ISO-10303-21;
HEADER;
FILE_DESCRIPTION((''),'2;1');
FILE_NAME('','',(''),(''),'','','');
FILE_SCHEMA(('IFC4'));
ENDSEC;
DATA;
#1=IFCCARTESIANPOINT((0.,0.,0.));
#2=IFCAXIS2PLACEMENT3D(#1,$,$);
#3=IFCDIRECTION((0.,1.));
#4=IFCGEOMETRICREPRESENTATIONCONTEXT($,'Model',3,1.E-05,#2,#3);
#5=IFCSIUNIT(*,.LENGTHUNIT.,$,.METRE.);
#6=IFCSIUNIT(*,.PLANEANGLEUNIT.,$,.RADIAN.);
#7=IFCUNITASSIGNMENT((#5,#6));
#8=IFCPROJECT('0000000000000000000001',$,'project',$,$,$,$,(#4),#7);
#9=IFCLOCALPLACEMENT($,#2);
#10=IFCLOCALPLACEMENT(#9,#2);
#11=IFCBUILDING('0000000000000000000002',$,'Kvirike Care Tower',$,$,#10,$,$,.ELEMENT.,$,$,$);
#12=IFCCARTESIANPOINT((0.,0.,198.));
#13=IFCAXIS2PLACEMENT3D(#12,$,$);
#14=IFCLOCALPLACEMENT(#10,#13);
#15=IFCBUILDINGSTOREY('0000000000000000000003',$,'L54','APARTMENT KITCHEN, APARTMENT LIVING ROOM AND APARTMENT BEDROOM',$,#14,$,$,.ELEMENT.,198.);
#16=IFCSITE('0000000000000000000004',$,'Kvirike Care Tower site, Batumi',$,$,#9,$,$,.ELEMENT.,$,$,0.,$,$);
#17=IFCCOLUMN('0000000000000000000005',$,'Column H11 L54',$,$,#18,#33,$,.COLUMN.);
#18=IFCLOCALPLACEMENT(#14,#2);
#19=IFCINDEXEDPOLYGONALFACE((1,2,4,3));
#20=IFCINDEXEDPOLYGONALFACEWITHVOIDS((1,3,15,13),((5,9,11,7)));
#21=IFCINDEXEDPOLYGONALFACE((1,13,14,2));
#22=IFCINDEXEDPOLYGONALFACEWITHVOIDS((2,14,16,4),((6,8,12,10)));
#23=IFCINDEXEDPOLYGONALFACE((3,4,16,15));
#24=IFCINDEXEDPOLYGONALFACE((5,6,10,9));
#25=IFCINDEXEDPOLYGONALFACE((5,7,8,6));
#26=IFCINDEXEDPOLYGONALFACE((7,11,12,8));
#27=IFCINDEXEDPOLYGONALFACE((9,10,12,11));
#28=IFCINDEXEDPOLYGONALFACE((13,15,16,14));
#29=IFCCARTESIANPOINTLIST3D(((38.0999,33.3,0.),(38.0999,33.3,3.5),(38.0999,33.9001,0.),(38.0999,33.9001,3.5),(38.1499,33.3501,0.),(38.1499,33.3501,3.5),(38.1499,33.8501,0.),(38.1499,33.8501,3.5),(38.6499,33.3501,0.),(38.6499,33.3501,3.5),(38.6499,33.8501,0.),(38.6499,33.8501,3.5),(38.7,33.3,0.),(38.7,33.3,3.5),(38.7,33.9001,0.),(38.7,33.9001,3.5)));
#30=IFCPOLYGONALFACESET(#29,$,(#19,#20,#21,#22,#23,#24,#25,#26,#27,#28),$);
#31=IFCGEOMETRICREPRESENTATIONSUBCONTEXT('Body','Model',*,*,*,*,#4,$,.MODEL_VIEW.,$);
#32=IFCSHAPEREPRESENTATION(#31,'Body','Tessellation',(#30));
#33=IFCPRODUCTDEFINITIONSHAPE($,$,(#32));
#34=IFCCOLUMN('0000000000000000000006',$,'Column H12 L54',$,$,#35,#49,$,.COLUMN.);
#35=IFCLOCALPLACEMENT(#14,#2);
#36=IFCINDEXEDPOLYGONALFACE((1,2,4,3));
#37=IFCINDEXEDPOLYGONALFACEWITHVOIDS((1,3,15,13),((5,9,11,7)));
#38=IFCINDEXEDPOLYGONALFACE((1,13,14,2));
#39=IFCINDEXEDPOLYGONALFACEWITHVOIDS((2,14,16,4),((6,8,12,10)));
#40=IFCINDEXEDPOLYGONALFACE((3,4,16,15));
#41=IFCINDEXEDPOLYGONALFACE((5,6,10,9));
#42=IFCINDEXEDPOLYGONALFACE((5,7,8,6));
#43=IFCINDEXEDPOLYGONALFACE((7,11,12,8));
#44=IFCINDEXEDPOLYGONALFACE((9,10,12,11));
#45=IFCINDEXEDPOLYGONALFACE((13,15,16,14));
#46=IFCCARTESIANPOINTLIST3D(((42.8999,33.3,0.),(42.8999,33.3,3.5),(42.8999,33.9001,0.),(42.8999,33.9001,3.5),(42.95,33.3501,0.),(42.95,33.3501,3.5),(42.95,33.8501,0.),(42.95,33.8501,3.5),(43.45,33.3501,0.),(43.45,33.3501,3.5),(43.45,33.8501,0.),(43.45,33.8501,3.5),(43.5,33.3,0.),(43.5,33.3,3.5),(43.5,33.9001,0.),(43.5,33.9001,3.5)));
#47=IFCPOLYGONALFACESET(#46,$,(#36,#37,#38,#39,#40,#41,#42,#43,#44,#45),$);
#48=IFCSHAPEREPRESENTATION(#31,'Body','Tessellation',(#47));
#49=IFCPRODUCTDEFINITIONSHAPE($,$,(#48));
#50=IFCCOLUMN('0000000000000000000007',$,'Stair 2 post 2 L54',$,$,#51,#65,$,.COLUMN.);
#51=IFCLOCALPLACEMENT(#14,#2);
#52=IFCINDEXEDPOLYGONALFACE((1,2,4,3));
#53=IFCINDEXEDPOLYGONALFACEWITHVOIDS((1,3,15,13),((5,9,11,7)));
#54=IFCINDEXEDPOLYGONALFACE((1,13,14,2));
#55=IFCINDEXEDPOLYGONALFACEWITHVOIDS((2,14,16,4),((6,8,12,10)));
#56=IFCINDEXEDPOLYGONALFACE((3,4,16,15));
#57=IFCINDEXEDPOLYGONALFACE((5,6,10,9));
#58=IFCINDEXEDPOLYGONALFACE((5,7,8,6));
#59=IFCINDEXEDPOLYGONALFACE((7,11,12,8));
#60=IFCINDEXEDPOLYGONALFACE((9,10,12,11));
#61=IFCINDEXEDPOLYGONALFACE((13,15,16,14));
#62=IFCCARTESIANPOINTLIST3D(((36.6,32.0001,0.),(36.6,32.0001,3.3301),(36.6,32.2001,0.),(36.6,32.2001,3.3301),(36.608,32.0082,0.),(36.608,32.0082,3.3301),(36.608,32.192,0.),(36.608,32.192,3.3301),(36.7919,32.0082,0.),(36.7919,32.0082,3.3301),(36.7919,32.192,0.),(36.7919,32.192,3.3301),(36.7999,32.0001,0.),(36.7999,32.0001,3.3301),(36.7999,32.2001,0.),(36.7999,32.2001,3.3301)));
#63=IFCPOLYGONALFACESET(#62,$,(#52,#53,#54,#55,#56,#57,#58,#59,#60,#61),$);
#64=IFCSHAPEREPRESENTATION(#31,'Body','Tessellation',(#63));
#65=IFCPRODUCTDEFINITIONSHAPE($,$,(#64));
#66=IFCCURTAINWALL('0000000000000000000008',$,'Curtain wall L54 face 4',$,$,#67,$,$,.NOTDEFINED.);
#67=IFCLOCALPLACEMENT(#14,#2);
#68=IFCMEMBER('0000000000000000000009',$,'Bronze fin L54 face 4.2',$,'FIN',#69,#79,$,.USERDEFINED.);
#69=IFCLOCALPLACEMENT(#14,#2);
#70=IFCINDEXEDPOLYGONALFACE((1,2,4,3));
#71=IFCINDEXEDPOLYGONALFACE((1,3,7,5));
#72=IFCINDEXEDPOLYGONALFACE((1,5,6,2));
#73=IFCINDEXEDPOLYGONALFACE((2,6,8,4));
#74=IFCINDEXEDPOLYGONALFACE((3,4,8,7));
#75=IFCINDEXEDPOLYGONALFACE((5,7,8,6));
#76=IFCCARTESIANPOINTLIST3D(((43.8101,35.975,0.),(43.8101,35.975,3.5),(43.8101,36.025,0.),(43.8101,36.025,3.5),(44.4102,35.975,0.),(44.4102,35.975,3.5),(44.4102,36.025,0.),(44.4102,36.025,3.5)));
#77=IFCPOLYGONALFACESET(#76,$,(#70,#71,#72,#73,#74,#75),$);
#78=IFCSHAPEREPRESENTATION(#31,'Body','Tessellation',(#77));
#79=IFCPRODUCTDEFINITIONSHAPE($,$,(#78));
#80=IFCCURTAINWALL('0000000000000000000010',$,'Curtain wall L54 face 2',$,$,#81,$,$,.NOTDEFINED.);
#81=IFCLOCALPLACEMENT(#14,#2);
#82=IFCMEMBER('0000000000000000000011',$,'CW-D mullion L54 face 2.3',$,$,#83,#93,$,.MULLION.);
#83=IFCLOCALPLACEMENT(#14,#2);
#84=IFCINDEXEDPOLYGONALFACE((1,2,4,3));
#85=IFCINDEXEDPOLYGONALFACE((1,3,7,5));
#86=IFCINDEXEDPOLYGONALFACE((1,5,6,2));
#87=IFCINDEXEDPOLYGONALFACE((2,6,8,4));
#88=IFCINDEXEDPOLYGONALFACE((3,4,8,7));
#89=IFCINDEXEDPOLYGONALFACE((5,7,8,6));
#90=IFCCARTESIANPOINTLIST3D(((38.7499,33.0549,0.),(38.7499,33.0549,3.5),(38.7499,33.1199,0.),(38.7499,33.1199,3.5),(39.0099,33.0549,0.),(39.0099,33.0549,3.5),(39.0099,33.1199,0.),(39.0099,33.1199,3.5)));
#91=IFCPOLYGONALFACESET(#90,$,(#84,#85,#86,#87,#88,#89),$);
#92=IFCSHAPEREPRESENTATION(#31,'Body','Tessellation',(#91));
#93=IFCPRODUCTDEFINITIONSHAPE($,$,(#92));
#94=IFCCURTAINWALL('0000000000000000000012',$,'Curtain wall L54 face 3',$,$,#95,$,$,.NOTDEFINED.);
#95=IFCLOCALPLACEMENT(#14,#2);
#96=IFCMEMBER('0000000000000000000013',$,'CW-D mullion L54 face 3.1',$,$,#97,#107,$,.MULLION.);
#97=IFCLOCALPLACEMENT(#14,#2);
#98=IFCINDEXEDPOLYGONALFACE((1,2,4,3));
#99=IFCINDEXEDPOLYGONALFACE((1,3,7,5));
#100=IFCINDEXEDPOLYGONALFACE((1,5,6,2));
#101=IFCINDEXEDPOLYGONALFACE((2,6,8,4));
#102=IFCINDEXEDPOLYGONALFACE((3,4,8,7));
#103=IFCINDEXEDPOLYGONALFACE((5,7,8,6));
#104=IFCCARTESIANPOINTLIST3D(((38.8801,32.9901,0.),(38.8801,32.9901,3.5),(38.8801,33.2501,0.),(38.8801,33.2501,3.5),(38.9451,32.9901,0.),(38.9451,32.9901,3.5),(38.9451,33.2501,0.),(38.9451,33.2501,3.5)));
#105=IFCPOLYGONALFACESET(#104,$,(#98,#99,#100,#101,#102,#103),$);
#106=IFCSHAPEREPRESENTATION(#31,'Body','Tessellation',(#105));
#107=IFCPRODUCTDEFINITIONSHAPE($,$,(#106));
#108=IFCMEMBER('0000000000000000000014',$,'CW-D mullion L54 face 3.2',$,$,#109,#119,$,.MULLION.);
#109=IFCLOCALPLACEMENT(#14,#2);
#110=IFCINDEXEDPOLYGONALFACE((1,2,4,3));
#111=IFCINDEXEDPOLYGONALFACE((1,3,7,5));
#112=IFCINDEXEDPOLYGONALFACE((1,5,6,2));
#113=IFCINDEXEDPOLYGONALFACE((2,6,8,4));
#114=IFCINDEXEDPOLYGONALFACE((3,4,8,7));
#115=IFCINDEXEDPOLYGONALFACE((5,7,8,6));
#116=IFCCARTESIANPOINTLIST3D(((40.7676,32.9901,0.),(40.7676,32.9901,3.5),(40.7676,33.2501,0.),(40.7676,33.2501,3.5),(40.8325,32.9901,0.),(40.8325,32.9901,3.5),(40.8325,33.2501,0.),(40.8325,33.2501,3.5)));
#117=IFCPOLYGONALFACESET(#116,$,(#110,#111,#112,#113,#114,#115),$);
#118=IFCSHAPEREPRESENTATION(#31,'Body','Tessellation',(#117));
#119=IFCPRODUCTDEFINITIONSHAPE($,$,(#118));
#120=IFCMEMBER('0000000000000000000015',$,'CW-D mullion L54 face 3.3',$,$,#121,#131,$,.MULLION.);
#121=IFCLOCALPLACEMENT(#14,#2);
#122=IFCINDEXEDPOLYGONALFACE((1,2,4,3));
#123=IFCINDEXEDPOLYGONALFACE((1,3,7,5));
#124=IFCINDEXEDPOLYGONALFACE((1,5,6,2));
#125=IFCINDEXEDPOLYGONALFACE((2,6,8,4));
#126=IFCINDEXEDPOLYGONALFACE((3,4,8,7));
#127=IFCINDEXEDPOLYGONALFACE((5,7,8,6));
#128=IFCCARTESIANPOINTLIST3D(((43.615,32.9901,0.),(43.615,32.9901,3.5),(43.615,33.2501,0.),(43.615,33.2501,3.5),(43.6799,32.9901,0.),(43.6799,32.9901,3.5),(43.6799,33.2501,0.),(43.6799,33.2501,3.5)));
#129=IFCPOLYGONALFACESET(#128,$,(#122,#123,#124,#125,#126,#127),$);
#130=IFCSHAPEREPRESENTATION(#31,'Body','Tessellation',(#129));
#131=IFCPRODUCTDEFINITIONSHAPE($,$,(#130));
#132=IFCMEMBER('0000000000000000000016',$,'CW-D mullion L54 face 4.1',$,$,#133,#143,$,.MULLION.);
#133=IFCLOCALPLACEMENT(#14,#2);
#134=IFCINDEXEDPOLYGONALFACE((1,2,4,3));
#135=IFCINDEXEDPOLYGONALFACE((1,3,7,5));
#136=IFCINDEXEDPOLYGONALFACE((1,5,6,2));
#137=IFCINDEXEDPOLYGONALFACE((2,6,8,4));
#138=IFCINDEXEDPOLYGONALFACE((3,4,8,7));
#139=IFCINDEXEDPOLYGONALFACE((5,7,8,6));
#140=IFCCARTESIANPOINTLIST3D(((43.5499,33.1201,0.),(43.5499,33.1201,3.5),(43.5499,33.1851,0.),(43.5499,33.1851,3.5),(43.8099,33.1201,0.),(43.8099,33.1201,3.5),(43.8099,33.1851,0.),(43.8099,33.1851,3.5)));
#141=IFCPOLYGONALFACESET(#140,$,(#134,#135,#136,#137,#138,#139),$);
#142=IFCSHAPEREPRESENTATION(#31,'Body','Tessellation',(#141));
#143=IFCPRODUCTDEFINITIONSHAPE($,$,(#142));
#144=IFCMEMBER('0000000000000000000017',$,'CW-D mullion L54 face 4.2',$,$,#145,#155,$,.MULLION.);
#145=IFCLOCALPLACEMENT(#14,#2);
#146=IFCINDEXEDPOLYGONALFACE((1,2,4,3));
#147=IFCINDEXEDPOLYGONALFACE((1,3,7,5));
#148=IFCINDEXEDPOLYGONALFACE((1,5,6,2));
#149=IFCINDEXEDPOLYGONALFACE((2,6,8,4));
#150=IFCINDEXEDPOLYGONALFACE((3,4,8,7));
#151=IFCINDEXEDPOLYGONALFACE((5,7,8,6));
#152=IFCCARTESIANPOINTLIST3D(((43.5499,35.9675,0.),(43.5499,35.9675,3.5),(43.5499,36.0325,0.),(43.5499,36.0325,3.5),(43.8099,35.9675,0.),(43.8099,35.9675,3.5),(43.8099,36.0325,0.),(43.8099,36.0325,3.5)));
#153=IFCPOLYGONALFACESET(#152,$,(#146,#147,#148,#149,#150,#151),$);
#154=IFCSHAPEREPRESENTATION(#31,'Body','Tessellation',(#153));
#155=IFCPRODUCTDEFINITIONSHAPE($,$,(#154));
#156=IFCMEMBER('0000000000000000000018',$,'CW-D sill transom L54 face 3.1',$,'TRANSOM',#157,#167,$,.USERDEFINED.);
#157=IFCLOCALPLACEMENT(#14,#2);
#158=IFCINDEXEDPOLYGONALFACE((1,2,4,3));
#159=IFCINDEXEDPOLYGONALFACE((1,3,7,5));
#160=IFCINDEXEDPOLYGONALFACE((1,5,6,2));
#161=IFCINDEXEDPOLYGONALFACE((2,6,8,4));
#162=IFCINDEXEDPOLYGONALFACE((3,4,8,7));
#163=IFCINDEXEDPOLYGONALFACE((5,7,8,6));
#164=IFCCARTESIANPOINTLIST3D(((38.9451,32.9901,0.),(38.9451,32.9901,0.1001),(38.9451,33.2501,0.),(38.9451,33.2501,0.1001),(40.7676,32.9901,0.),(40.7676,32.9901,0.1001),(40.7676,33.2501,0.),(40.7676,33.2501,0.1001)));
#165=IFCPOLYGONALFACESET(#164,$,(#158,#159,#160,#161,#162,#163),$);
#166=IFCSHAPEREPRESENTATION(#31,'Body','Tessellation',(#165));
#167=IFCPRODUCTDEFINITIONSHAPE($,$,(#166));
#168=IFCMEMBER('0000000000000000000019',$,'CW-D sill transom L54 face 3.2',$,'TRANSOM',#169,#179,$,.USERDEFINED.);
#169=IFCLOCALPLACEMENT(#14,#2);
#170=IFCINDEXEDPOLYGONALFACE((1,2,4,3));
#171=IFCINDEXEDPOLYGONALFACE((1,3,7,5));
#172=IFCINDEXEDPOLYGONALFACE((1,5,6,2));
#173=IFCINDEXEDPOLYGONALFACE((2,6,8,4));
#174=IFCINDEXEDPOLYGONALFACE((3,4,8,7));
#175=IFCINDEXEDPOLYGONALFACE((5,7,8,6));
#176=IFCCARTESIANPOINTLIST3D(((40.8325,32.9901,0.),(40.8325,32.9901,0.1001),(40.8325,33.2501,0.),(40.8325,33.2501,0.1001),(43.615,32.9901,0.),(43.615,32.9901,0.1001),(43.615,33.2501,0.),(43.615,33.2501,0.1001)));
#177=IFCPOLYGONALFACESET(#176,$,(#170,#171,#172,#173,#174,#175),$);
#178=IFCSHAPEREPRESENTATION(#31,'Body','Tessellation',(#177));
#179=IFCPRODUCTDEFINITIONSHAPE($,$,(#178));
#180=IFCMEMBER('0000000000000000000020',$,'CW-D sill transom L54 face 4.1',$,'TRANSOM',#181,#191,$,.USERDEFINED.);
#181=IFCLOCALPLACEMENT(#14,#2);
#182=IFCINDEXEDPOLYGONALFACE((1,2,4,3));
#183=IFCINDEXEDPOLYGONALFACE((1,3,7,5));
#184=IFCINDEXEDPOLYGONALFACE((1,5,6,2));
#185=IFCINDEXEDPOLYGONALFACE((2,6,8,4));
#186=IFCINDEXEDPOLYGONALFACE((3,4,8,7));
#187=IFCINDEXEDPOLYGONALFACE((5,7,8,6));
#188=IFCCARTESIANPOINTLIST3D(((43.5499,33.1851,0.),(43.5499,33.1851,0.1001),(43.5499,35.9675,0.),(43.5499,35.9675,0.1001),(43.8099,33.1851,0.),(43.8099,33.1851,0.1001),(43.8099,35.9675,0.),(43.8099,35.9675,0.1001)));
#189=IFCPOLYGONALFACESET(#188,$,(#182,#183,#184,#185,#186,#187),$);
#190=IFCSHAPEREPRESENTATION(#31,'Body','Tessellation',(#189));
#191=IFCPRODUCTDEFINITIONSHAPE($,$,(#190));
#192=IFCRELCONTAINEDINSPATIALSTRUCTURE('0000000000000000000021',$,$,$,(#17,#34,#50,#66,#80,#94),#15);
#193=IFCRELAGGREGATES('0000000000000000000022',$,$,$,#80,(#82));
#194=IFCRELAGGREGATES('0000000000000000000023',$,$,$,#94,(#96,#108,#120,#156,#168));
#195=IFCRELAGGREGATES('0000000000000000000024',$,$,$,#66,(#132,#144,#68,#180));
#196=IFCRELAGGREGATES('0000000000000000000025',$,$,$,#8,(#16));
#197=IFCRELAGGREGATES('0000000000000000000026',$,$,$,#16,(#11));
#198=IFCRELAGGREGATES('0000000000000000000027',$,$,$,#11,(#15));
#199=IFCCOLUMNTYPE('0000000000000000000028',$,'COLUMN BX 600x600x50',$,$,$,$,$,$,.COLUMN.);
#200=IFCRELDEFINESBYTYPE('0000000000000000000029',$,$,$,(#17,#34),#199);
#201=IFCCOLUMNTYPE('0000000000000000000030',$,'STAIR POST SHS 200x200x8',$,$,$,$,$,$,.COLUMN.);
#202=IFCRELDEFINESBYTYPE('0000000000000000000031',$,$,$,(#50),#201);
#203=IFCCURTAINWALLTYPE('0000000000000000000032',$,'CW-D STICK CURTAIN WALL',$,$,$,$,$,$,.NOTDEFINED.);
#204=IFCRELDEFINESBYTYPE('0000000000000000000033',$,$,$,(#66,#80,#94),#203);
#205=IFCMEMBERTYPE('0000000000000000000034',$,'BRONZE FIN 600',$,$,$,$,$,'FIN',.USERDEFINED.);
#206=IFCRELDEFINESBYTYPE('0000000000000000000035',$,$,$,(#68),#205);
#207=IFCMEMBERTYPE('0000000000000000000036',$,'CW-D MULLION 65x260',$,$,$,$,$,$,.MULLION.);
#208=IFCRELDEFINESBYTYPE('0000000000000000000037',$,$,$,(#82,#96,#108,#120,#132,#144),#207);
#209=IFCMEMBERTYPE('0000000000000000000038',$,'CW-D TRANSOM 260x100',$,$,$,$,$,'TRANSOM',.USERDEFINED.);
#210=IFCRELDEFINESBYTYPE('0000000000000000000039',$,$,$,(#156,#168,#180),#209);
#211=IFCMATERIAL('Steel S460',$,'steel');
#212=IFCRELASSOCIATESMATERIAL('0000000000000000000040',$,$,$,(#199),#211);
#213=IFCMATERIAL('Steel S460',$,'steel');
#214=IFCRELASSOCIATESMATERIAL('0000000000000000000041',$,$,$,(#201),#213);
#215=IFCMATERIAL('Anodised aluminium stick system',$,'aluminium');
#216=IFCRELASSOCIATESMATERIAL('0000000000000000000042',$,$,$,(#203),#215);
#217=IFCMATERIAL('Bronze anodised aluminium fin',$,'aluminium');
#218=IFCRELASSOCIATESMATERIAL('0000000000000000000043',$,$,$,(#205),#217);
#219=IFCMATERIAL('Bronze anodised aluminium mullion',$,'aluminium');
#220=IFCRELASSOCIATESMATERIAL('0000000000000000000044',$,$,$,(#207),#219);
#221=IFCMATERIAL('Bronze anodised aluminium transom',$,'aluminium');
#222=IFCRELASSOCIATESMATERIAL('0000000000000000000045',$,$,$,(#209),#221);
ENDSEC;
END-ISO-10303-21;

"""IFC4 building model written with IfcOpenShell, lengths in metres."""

from ifc_helpers import new_model, si_unit, direction, frame, origin, origin_2d, place, context, subcontext, project, spatial, rectangle, hollow_rectangle, extrude, material, material_profile, profile_set, type_object, element, aggregate, save


model = new_model("IFC4")

# Units and contexts
model_context = context("Model", 3, precision=1e-05, world=origin(), true_north=direction((0.0, 1.0)))
body_context = subcontext(model_context, "Body", "Model", "MODEL_VIEW")
ifc_project = project(units=[si_unit("LENGTHUNIT", "METRE"), si_unit("PLANEANGLEUNIT", "RADIAN")], contexts=[model_context])

# Site, building, storey
site_placement = place(None, origin())
site = spatial("IfcSite", under=ifc_project, at=site_placement, Name="Kvirike Care Tower site, Batumi", CompositionType="ELEMENT", RefElevation=0.0)
building_placement = place(site_placement, origin())
building = spatial("IfcBuilding", under=site, at=building_placement, Name="Kvirike Care Tower", CompositionType="ELEMENT")
storey_placement = place(building_placement, frame((0.0, 0.0, 198.0)))
storey = spatial("IfcBuildingStorey", under=building, at=storey_placement, Name="L54", Description="APARTMENT KITCHEN, APARTMENT LIVING ROOM AND APARTMENT BEDROOM", CompositionType="ELEMENT", Elevation=198.0)

# Columns
ifc_material_1 = material(Name="Steel S460", Category="steel")
ifc_material_profile_1 = material_profile(ifc_material_1, hollow_rectangle(XDim=0.6001, YDim=0.6001, WallThickness=0.05, at=origin_2d()), Name="BX 600x600x50")
ifc_profile_set_1 = profile_set([ifc_material_profile_1], Name="Steel S460")
column_type_1 = type_object("IfcColumnType", Name="COLUMN BX 600x600x50", PredefinedType="COLUMN", material=ifc_profile_set_1)
for number, where, z_axis, x_axis, name in (
    (1, (38.3999, 33.6001, 0.0), (0.0, 0.0, 1.0), (0.0, 1.0, 0.0), "Column H11 L54"),
    (2, (43.2, 33.6001, 0.0), (0.0, 0.0, 1.0), (0.0, 1.0, 0.0), "Column H12 L54"),
):
    element("IfcColumn", number, at=place(storey_placement, frame(where, z_axis=z_axis, x_axis=x_axis)), inside=storey, type_object=column_type_1, Name=name, PredefinedType="COLUMN", context=body_context, shape_type="SweptSolid", body=[
        extrude(hollow_rectangle(XDim=0.6001, YDim=0.6001, WallThickness=0.05, at=origin_2d()), origin(), (0.0, 0.0, 1.0), 3.5),
    ])
ifc_material_2 = material(Name="Steel S460", Category="steel")
ifc_material_profile_2 = material_profile(ifc_material_2, hollow_rectangle(XDim=0.2, YDim=0.2, WallThickness=0.0081, at=origin_2d()), Name="SHS 200x200x8")
ifc_profile_set_2 = profile_set([ifc_material_profile_2], Name="Steel S460")
column_type_2 = type_object("IfcColumnType", Name="STAIR POST SHS 200x200x8", PredefinedType="COLUMN", material=ifc_profile_set_2)
column_placement = place(storey_placement, frame((36.7, 32.1001, 0.0), z_axis=(0.0, 0.0, 1.0), x_axis=(1.0, 0.0, 0.0)))
element("IfcColumn", 3, at=column_placement, inside=storey, type_object=column_type_2, Name="Stair 2 post 2 L54", PredefinedType="COLUMN", context=body_context, shape_type="SweptSolid", body=[
    extrude(hollow_rectangle(XDim=0.2, YDim=0.2, WallThickness=0.0081, at=origin_2d()), origin(), (0.0, 0.0, 1.0), 3.3301),
])

# Curtain walls, members
ifc_material_3 = material(Name="Anodised aluminium stick system", Category="aluminium")
curtain_wall_type = type_object("IfcCurtainWallType", Name="CW-D STICK CURTAIN WALL", PredefinedType="NOTDEFINED", material=ifc_material_3)
curtain_wall_1_placement = place(storey_placement, origin())
curtain_wall_1 = element("IfcCurtainWall", 4, at=curtain_wall_1_placement, inside=storey, type_object=curtain_wall_type, Name="Curtain wall L54 face 4", PredefinedType="NOTDEFINED")
ifc_material_4 = material(Name="Bronze anodised aluminium fin", Category="aluminium")
ifc_material_profile_3 = material_profile(ifc_material_4, rectangle(XDim=0.05, YDim=0.6001, at=origin_2d()), Name="BRONZE FIN 600")
ifc_profile_set_3 = profile_set([ifc_material_profile_3], Name="Bronze anodised aluminium fin")
member_type_1 = type_object("IfcMemberType", Name="BRONZE FIN 600", ElementType="FIN", PredefinedType="USERDEFINED", material=ifc_profile_set_3)
member_1_placement = place(storey_placement, frame((44.1101, 36.0, 0.0), z_axis=(0.0, 0.0, 1.0), x_axis=(0.0, 1.0, 0.0)))
member_1 = element("IfcMember", 5, at=member_1_placement, type_object=member_type_1, Name="Bronze fin L54 face 4.2", ObjectType="FIN", PredefinedType="USERDEFINED", context=body_context, shape_type="SweptSolid", body=[
    extrude(rectangle(XDim=0.05, YDim=0.6001, at=origin_2d()), origin(), (0.0, 0.0, 1.0), 3.5),
])
curtain_wall_2_placement = place(storey_placement, origin())
curtain_wall_2 = element("IfcCurtainWall", 6, at=curtain_wall_2_placement, inside=storey, type_object=curtain_wall_type, Name="Curtain wall L54 face 2", PredefinedType="NOTDEFINED")
ifc_material_5 = material(Name="Bronze anodised aluminium mullion", Category="aluminium")
ifc_material_profile_4 = material_profile(ifc_material_5, rectangle(XDim=0.0649, YDim=0.26, at=origin_2d()), Name="CW-D MULLION 65x260")
ifc_profile_set_4 = profile_set([ifc_material_profile_4], Name="Bronze anodised aluminium mullion")
member_type_2 = type_object("IfcMemberType", Name="CW-D MULLION 65x260", PredefinedType="MULLION", material=ifc_profile_set_4)
member_2_placement = place(storey_placement, frame((38.8799, 33.0874, 0.0), z_axis=(0.0, 0.0, 1.0), x_axis=(0.0, 1.0, 0.0)))
member_2 = element("IfcMember", 7, at=member_2_placement, type_object=member_type_2, Name="CW-D mullion L54 face 2.3", PredefinedType="MULLION", context=body_context, shape_type="SweptSolid", body=[
    extrude(rectangle(XDim=0.0649, YDim=0.26, at=origin_2d()), origin(), (0.0, 0.0, 1.0), 3.5),
])

# Curtain wall, members
curtain_wall_3_placement = place(storey_placement, origin())
curtain_wall_3 = element("IfcCurtainWall", 8, at=curtain_wall_3_placement, inside=storey, type_object=curtain_wall_type, Name="Curtain wall L54 face 3", PredefinedType="NOTDEFINED")
member_3_placement = place(storey_placement, frame((38.9126, 33.1201, 0.0), z_axis=(0.0, 0.0, 1.0), x_axis=(1.0, 0.0, 0.0)))
member_3 = element("IfcMember", 9, at=member_3_placement, type_object=member_type_2, Name="CW-D mullion L54 face 3.1", PredefinedType="MULLION", context=body_context, shape_type="SweptSolid", body=[
    extrude(rectangle(XDim=0.0649, YDim=0.26, at=origin_2d()), origin(), (0.0, 0.0, 1.0), 3.5),
])
member_4_placement = place(storey_placement, frame((40.8, 33.1201, 0.0), z_axis=(0.0, 0.0, 1.0), x_axis=(1.0, 0.0, 0.0)))
member_4 = element("IfcMember", 10, at=member_4_placement, type_object=member_type_2, Name="CW-D mullion L54 face 3.2", PredefinedType="MULLION", context=body_context, shape_type="SweptSolid", body=[
    extrude(rectangle(XDim=0.0649, YDim=0.26, at=origin_2d()), origin(), (0.0, 0.0, 1.0), 3.5),
])
member_5_placement = place(storey_placement, frame((43.6475, 33.1201, 0.0), z_axis=(0.0, 0.0, 1.0), x_axis=(1.0, 0.0, 0.0)))
member_5 = element("IfcMember", 11, at=member_5_placement, type_object=member_type_2, Name="CW-D mullion L54 face 3.3", PredefinedType="MULLION", context=body_context, shape_type="SweptSolid", body=[
    extrude(rectangle(XDim=0.0649, YDim=0.26, at=origin_2d()), origin(), (0.0, 0.0, 1.0), 3.5),
])

# Members
member_6_placement = place(storey_placement, frame((43.6799, 33.1526, 0.0), z_axis=(0.0, 0.0, 1.0), x_axis=(0.0, 1.0, 0.0)))
member_6 = element("IfcMember", 12, at=member_6_placement, type_object=member_type_2, Name="CW-D mullion L54 face 4.1", PredefinedType="MULLION", context=body_context, shape_type="SweptSolid", body=[
    extrude(rectangle(XDim=0.0649, YDim=0.26, at=origin_2d()), origin(), (0.0, 0.0, 1.0), 3.5),
])
member_7_placement = place(storey_placement, frame((43.6799, 36.0, 0.0), z_axis=(0.0, 0.0, 1.0), x_axis=(0.0, 1.0, 0.0)))
member_7 = element("IfcMember", 13, at=member_7_placement, type_object=member_type_2, Name="CW-D mullion L54 face 4.2", PredefinedType="MULLION", context=body_context, shape_type="SweptSolid", body=[
    extrude(rectangle(XDim=0.0649, YDim=0.26, at=origin_2d()), origin(), (0.0, 0.0, 1.0), 3.5),
])
ifc_material_6 = material(Name="Bronze anodised aluminium transom", Category="aluminium")
ifc_material_profile_5 = material_profile(ifc_material_6, rectangle(XDim=0.26, YDim=0.1001, at=origin_2d()), Name="CW-D TRANSOM 260x100")
ifc_profile_set_5 = profile_set([ifc_material_profile_5], Name="Bronze anodised aluminium transom")
member_type_3 = type_object("IfcMemberType", Name="CW-D TRANSOM 260x100", ElementType="TRANSOM", PredefinedType="USERDEFINED", material=ifc_profile_set_5)
member_8_placement = place(storey_placement, frame((38.9451, 33.1201, 0.05), z_axis=(1.0, 0.0, 0.0), x_axis=(0.0, 1.0, 0.0)))
member_8 = element("IfcMember", 14, at=member_8_placement, type_object=member_type_3, Name="CW-D sill transom L54 face 3.1", ObjectType="TRANSOM", PredefinedType="USERDEFINED", context=body_context, shape_type="SweptSolid", body=[
    extrude(rectangle(XDim=0.26, YDim=0.1001, at=origin_2d()), origin(), (0.0, 0.0, 1.0), 1.8225),
])
member_9_placement = place(storey_placement, frame((40.8325, 33.1201, 0.05), z_axis=(1.0, 0.0, 0.0), x_axis=(0.0, 1.0, 0.0)))
member_9 = element("IfcMember", 15, at=member_9_placement, type_object=member_type_3, Name="CW-D sill transom L54 face 3.2", ObjectType="TRANSOM", PredefinedType="USERDEFINED", context=body_context, shape_type="SweptSolid", body=[
    extrude(rectangle(XDim=0.26, YDim=0.1001, at=origin_2d()), origin(), (0.0, 0.0, 1.0), 2.7825),
])
member_10_placement = place(storey_placement, frame((43.6799, 33.1851, 0.05), z_axis=(0.0, 1.0, 0.0), x_axis=(-1.0, 0.0, 0.0)))
member_10 = element("IfcMember", 16, at=member_10_placement, type_object=member_type_3, Name="CW-D sill transom L54 face 4.1", ObjectType="TRANSOM", PredefinedType="USERDEFINED", context=body_context, shape_type="SweptSolid", body=[
    extrude(rectangle(XDim=0.26, YDim=0.1001, at=origin_2d()), origin(), (0.0, 0.0, 1.0), 2.7825),
])

aggregate(curtain_wall_2, [member_2])
aggregate(curtain_wall_3, [member_3, member_4, member_5, member_8, member_9])
aggregate(curtain_wall_1, [member_6, member_7, member_1, member_10])

save(model, "model.ifc")
